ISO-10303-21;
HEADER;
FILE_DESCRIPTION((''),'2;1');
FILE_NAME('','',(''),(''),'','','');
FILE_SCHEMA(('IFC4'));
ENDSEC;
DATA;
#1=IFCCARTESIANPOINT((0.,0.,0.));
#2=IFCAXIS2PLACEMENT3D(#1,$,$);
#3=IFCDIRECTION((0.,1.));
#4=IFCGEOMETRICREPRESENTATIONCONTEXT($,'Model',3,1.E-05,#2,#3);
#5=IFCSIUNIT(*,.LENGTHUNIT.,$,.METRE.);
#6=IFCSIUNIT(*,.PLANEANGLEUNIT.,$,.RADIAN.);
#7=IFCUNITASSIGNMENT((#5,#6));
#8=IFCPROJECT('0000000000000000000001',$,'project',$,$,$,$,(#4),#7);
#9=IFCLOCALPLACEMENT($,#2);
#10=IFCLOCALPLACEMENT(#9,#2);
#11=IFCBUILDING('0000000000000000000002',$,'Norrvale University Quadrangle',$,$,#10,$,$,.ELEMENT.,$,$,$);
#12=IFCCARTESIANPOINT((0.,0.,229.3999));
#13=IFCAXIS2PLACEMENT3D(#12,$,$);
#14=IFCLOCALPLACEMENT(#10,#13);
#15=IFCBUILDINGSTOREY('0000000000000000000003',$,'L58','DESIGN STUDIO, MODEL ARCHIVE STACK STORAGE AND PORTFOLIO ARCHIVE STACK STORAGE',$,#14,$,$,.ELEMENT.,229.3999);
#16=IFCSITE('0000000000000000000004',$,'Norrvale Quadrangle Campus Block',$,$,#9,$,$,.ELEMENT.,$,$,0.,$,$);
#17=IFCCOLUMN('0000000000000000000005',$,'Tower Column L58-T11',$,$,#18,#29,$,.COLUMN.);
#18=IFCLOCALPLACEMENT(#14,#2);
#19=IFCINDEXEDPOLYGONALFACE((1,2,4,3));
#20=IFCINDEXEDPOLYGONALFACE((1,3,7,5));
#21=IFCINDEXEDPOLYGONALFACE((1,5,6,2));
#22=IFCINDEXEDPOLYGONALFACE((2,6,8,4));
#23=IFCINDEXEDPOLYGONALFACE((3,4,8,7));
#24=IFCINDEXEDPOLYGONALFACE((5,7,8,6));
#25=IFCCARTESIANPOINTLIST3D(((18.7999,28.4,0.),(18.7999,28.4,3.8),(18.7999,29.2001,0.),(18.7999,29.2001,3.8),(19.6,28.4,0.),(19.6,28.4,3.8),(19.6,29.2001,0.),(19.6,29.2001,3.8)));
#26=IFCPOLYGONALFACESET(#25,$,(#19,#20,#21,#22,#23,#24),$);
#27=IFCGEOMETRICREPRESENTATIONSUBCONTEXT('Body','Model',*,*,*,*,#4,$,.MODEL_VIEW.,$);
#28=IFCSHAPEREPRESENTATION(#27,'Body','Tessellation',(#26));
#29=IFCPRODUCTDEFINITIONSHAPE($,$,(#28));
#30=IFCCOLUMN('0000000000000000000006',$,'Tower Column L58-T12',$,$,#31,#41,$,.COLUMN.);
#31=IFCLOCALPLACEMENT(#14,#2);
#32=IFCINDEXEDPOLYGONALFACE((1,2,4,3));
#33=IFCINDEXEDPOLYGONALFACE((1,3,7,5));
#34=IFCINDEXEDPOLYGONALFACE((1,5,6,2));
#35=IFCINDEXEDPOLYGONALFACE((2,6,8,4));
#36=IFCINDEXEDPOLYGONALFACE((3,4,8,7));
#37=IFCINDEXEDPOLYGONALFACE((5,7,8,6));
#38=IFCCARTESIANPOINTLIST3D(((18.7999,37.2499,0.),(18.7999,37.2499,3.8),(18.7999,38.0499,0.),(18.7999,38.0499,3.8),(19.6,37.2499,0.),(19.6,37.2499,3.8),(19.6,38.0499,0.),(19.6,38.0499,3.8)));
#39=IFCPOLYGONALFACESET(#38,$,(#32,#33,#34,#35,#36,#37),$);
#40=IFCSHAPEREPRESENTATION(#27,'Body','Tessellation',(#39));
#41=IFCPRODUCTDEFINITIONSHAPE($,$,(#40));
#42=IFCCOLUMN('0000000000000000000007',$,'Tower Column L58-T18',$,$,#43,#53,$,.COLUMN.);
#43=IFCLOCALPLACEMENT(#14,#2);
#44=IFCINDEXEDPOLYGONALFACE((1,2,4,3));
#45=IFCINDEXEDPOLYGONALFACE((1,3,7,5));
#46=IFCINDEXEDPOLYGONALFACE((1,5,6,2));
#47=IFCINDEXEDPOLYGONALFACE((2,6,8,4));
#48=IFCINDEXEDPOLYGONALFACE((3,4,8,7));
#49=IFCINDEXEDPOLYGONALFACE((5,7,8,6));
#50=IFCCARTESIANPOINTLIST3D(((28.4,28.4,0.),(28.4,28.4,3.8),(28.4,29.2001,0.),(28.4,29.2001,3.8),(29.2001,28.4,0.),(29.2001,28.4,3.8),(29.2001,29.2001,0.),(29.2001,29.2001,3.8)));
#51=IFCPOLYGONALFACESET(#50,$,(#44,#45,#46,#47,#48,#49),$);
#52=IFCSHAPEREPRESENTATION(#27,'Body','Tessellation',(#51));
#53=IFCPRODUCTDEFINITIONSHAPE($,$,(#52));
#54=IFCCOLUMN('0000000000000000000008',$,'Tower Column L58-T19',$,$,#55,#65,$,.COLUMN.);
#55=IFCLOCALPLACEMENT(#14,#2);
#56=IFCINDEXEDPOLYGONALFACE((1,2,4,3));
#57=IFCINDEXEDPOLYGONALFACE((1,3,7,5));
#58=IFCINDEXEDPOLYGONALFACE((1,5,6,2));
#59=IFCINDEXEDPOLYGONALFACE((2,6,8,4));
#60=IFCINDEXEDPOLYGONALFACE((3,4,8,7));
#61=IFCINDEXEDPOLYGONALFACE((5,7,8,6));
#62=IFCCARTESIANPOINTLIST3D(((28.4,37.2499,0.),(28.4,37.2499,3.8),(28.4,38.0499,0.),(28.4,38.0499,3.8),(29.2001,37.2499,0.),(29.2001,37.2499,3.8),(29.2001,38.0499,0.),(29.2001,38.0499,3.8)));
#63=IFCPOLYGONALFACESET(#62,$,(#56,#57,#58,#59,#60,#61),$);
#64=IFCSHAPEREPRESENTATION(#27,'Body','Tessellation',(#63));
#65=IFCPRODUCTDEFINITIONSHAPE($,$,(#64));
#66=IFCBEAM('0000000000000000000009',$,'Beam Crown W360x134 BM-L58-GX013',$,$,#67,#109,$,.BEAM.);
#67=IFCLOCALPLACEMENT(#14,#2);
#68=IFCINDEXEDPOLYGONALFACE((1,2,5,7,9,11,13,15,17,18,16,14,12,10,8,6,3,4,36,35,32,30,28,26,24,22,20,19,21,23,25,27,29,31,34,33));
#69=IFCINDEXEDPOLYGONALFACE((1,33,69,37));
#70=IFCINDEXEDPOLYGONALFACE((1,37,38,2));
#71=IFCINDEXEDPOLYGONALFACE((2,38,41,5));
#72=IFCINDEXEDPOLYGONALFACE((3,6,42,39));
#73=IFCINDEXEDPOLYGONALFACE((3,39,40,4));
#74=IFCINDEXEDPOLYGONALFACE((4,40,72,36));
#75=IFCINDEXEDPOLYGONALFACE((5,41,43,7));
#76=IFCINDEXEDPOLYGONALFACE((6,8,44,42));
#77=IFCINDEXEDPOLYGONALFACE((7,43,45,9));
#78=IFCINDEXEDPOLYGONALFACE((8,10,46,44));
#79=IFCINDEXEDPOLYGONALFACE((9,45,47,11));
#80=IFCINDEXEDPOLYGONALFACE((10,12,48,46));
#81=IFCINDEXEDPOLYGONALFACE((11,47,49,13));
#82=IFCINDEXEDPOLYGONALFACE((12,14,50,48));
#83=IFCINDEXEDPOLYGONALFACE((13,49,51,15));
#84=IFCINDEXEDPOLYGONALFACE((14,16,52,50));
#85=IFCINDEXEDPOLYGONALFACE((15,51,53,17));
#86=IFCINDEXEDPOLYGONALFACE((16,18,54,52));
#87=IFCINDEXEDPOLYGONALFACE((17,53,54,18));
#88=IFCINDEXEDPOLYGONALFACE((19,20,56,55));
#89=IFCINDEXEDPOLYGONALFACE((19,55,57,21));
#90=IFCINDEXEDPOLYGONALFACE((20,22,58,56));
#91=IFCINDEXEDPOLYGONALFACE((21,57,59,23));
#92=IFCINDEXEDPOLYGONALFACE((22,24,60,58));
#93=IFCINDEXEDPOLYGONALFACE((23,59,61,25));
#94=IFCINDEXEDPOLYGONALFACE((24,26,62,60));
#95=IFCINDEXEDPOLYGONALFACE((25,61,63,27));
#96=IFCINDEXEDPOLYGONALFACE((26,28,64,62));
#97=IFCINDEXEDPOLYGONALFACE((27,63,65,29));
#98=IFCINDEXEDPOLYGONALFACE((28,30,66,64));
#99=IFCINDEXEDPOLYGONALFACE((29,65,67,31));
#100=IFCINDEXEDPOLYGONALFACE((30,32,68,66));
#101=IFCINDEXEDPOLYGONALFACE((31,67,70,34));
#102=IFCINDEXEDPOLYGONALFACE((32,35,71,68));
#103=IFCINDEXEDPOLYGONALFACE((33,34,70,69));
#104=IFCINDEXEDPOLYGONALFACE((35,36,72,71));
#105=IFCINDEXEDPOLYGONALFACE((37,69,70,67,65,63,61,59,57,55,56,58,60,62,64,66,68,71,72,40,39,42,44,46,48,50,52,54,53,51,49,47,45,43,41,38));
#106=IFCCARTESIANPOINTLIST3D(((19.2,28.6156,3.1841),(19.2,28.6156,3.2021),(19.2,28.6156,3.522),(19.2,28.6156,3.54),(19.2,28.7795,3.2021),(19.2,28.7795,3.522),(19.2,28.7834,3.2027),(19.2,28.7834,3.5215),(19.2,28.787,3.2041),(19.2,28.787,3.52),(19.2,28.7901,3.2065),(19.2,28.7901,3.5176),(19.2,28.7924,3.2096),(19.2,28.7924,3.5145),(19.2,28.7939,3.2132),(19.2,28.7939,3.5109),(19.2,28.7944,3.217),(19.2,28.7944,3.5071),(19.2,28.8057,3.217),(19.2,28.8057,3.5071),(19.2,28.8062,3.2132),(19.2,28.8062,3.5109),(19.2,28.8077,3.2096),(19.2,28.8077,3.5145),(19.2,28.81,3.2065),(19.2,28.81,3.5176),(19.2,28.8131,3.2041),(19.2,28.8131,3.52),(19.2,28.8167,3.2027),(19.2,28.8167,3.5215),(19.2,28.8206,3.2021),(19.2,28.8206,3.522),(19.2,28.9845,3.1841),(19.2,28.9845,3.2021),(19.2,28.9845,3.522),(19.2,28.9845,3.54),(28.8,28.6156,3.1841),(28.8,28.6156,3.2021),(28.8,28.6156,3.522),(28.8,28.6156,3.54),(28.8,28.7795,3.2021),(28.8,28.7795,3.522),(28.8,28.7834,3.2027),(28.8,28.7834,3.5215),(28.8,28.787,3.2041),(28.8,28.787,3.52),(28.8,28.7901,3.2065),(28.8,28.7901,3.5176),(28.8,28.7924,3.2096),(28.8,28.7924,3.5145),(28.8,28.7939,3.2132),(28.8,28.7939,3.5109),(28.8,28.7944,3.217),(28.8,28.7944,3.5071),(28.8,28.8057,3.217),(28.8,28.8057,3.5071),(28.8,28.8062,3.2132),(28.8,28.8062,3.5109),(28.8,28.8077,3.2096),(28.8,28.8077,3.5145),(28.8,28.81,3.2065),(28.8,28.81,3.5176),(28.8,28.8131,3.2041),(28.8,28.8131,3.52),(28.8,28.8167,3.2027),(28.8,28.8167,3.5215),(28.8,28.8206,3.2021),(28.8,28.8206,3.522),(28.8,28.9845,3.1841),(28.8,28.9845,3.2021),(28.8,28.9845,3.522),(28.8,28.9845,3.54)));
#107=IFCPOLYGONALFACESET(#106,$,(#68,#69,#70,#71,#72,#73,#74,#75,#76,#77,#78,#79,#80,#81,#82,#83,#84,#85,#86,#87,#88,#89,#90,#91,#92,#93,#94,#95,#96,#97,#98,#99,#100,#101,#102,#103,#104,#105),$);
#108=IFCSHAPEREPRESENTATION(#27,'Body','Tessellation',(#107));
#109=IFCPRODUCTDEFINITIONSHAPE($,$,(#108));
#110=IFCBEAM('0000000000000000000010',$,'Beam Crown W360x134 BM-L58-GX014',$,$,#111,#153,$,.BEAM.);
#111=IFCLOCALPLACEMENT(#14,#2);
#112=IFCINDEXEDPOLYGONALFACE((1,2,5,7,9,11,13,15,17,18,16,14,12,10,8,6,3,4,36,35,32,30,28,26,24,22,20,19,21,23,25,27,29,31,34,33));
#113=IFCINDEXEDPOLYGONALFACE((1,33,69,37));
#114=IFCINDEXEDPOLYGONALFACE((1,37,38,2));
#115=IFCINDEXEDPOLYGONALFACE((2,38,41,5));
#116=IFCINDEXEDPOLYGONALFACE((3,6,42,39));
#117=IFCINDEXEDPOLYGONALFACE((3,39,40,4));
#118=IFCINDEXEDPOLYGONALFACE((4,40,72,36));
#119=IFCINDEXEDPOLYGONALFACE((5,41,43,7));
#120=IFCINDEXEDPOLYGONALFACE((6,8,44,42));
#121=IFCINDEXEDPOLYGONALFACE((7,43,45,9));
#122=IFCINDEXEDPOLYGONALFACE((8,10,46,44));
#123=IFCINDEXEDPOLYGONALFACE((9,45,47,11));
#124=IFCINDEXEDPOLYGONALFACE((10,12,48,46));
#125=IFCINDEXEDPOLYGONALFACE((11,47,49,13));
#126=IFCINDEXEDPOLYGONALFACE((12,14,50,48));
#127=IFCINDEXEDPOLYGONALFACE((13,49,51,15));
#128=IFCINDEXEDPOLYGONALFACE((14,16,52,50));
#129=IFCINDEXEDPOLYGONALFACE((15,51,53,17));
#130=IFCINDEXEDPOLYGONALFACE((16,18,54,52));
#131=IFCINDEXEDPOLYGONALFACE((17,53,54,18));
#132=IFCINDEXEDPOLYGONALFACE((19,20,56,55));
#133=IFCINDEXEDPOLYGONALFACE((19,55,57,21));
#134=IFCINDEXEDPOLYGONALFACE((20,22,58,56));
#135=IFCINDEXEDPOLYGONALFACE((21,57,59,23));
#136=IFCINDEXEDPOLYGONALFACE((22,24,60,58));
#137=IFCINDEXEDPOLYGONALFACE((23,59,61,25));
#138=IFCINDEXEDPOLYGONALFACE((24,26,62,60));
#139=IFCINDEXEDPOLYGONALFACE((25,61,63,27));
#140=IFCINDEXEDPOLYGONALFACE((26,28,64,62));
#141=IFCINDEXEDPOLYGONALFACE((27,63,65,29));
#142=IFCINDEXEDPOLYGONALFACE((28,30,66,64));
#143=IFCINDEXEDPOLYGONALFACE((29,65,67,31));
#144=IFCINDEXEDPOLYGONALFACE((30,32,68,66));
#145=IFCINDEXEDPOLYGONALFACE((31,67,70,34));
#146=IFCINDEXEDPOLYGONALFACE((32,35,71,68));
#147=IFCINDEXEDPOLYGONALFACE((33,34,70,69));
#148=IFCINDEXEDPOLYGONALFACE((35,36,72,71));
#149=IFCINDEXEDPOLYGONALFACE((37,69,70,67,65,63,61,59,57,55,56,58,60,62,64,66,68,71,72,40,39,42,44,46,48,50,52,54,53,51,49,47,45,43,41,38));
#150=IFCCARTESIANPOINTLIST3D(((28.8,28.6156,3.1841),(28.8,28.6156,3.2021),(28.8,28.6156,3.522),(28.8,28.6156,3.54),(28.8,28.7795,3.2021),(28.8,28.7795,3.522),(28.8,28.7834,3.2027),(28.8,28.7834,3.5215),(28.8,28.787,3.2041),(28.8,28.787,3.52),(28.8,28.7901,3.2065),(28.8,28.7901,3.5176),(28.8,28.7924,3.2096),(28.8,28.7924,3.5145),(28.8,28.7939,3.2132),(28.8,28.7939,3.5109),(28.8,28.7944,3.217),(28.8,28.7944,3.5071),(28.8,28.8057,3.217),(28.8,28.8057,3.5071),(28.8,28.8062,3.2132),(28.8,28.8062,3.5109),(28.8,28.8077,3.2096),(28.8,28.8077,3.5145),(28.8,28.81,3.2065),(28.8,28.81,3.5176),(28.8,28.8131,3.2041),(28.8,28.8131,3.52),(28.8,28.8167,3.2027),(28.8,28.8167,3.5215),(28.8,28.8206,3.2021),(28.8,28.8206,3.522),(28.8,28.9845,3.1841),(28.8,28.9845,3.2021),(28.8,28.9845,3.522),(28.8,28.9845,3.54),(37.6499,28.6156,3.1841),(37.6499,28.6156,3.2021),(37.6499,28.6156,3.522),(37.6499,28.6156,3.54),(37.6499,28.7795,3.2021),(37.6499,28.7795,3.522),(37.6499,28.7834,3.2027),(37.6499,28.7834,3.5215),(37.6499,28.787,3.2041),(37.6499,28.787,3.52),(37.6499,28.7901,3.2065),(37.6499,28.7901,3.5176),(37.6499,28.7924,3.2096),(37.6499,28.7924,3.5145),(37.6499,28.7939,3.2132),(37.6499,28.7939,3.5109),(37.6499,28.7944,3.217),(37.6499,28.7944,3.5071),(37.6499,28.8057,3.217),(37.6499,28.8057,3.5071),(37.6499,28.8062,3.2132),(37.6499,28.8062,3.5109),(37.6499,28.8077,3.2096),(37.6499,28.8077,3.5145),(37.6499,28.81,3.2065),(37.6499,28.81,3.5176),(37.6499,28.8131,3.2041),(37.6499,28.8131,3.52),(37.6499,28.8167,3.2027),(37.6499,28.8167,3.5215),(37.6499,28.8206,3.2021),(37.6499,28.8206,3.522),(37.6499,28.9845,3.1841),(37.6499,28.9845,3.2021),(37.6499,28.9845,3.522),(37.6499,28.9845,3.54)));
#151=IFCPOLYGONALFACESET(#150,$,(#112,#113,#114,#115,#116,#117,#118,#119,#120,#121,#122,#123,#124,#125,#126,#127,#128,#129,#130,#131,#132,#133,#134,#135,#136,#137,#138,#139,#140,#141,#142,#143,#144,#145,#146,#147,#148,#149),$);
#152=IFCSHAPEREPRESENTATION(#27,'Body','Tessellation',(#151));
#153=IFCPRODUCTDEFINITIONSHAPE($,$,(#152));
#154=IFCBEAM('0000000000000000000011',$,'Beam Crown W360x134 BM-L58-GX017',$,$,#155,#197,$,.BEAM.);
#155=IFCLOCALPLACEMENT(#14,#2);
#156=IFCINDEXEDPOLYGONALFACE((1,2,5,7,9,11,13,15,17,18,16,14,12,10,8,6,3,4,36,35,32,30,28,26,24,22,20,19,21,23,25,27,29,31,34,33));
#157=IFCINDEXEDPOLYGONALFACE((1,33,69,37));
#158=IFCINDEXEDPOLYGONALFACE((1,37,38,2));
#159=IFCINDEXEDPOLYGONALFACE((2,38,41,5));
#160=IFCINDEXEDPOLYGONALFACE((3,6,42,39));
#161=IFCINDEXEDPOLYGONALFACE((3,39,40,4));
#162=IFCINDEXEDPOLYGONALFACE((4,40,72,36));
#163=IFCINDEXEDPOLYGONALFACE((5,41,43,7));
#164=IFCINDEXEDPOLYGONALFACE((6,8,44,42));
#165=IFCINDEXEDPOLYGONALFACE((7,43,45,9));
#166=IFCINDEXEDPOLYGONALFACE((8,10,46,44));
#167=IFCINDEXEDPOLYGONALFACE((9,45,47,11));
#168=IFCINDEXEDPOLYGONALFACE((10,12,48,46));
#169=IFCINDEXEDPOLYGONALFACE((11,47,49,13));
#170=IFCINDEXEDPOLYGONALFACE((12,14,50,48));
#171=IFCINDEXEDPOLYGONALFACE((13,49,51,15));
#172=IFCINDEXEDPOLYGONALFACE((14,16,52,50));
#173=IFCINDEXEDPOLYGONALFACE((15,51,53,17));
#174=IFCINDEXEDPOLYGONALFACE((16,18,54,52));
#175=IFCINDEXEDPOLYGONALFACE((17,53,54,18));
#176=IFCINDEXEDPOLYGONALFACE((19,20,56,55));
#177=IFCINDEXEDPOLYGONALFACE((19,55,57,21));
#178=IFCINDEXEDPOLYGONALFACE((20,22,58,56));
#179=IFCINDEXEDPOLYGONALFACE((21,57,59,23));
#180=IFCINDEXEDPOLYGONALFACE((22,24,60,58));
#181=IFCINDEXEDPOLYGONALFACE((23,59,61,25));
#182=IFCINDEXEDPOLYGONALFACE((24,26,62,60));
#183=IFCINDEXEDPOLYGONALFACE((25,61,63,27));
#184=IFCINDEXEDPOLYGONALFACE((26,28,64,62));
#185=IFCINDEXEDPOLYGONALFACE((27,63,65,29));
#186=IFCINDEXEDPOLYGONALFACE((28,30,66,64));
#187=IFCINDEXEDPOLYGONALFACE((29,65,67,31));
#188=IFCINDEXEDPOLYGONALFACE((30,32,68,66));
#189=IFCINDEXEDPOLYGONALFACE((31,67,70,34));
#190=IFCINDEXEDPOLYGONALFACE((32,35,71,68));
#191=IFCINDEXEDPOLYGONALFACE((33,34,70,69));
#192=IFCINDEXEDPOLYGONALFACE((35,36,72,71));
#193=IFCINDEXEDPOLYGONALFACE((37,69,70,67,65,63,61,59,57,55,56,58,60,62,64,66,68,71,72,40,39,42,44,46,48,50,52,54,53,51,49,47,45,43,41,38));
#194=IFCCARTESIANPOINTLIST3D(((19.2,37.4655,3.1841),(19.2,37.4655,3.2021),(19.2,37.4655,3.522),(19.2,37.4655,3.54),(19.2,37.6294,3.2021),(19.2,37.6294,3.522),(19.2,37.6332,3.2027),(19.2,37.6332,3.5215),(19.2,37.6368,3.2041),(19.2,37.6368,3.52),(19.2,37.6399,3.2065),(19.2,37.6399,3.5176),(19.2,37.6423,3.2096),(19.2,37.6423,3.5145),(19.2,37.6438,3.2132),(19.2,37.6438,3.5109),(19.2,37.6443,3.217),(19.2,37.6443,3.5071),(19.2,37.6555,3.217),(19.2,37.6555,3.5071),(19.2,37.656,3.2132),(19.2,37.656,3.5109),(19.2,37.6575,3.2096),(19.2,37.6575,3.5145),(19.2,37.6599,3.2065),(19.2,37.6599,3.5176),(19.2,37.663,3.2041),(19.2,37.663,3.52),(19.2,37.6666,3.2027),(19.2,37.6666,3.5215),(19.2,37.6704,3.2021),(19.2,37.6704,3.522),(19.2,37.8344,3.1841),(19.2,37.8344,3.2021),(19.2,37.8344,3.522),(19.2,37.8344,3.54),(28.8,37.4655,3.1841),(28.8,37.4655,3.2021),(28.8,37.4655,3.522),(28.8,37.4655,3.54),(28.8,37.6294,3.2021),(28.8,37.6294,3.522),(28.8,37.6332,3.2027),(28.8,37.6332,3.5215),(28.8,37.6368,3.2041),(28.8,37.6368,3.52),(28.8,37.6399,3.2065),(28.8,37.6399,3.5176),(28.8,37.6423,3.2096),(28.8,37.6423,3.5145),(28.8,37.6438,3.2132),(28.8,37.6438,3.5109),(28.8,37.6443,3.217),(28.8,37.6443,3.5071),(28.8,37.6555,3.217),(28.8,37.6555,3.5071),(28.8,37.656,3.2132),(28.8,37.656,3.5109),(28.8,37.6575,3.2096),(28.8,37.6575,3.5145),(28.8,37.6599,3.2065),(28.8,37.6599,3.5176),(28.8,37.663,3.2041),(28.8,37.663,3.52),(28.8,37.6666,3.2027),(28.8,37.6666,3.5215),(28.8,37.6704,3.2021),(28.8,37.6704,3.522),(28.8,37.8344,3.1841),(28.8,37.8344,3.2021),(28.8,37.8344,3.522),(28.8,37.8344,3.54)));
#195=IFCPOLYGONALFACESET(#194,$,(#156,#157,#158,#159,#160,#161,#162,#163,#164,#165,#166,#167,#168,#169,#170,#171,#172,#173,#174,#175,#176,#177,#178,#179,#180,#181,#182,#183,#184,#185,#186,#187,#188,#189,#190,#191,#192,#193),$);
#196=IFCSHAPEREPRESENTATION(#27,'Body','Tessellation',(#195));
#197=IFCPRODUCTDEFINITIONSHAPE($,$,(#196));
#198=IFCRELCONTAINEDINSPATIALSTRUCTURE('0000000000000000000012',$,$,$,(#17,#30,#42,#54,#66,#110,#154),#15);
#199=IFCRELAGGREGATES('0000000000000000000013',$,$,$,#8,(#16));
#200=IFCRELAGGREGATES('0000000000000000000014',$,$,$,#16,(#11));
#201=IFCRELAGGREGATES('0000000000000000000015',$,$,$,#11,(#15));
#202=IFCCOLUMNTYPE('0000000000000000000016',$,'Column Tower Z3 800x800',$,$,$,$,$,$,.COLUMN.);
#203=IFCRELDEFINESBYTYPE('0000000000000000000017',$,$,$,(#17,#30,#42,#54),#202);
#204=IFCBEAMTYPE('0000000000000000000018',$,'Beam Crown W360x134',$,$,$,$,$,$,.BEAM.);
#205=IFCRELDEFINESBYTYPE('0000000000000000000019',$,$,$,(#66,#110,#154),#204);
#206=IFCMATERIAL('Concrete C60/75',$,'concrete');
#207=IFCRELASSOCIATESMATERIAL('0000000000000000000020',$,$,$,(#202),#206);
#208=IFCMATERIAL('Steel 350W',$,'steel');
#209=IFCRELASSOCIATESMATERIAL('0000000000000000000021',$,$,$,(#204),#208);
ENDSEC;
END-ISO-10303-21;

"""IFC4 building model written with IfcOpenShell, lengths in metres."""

from ifc_helpers import new_model, si_unit, direction, frame, origin, origin_2d, place, context, subcontext, project, spatial, rectangle, i_section, extrude, material, material_profile, profile_set, type_object, element, save


model = new_model("IFC4")

# Units and contexts
model_context = context("Model", 3, precision=1e-05, world=origin(), true_north=direction((0.0, 1.0)))
body_context = subcontext(model_context, "Body", "Model", "MODEL_VIEW")
ifc_project = project(units=[si_unit("LENGTHUNIT", "METRE"), si_unit("PLANEANGLEUNIT", "RADIAN")], contexts=[model_context])

# Site, building, storey
site_placement = place(None, origin())
site = spatial("IfcSite", under=ifc_project, at=site_placement, Name="Norrvale Quadrangle Campus Block", CompositionType="ELEMENT", RefElevation=0.0)
building_placement = place(site_placement, origin())
building = spatial("IfcBuilding", under=site, at=building_placement, Name="Norrvale University Quadrangle", CompositionType="ELEMENT")
storey_placement = place(building_placement, frame((0.0, 0.0, 229.3999)))
storey = spatial("IfcBuildingStorey", under=building, at=storey_placement, Name="L58", Description="DESIGN STUDIO, MODEL ARCHIVE STACK STORAGE AND PORTFOLIO ARCHIVE STACK STORAGE", CompositionType="ELEMENT", Elevation=229.3999)

# Columns
ifc_material_1 = material(Name="Concrete C60/75", Category="concrete")
ifc_material_profile_1 = material_profile(ifc_material_1, rectangle(XDim=0.8, YDim=0.8, at=origin_2d()), Name="Concrete C60/75")
ifc_profile_set_1 = profile_set([ifc_material_profile_1], Name="Concrete C60/75")
column_type = type_object("IfcColumnType", Name="Column Tower Z3 800x800", PredefinedType="COLUMN", material=ifc_profile_set_1)
for number, where, z_axis, x_axis, name in (
    (1, (19.2, 28.8, 0.0), (0.0, 0.0, 1.0), (1.0, 0.0, 0.0), "Tower Column L58-T11"),
    (2, (19.2, 37.6499, 0.0), (0.0, 0.0, 1.0), (1.0, 0.0, 0.0), "Tower Column L58-T12"),
    (3, (28.8, 28.8, 0.0), (0.0, 0.0, 1.0), (1.0, 0.0, 0.0), "Tower Column L58-T18"),
    (4, (28.8, 37.6499, 0.0), (0.0, 0.0, 1.0), (1.0, 0.0, 0.0), "Tower Column L58-T19"),
):
    element("IfcColumn", number, at=place(storey_placement, frame(where, z_axis=z_axis, x_axis=x_axis)), inside=storey, type_object=column_type, Name=name, PredefinedType="COLUMN", context=body_context, shape_type="SweptSolid", body=[
        extrude(rectangle(XDim=0.8, YDim=0.8, at=origin_2d()), origin(), (0.0, 0.0, 1.0), 3.8),
    ])

# Beams
ifc_material_2 = material(Name="Steel 350W", Category="steel")
ifc_material_profile_2 = material_profile(ifc_material_2, i_section(OverallWidth=0.3689, OverallDepth=0.356, WebThickness=0.0112, FlangeThickness=0.0181, FilletRadius=0.0149, at=origin_2d()), Name="Steel 350W")
ifc_profile_set_2 = profile_set([ifc_material_profile_2], Name="Steel 350W")
beam_type_1 = type_object("IfcBeamType", Name="Beam Crown W360x134", PredefinedType="BEAM", material=ifc_profile_set_2)
beam_1_placement = place(storey_placement, frame((19.2, 28.8, 3.3621), z_axis=(1.0, 0.0, 0.0), x_axis=(0.0, 1.0, 0.0)))
element("IfcBeam", 5, at=beam_1_placement, inside=storey, type_object=beam_type_1, Name="Beam Crown W360x134 BM-L58-GX013", PredefinedType="BEAM", context=body_context, shape_type="SweptSolid", body=[
    extrude(i_section(OverallWidth=0.3689, OverallDepth=0.356, WebThickness=0.0112, FlangeThickness=0.0181, FilletRadius=0.0149, at=origin_2d()), origin(), (0.0, 0.0, 1.0), 9.6001),
])
beam_2_placement = place(storey_placement, frame((28.8, 28.8, 3.3621), z_axis=(1.0, 0.0, 0.0), x_axis=(0.0, 1.0, 0.0)))
element("IfcBeam", 6, at=beam_2_placement, inside=storey, type_object=beam_type_1, Name="Beam Crown W360x134 BM-L58-GX014", PredefinedType="BEAM", context=body_context, shape_type="SweptSolid", body=[
    extrude(i_section(OverallWidth=0.3689, OverallDepth=0.356, WebThickness=0.0112, FlangeThickness=0.0181, FilletRadius=0.0149, at=origin_2d()), origin(), (0.0, 0.0, 1.0), 8.8499),
])
beam_3_placement = place(storey_placement, frame((19.2, 37.6499, 3.3621), z_axis=(1.0, 0.0, 0.0), x_axis=(0.0, 1.0, 0.0)))
element("IfcBeam", 7, at=beam_3_placement, inside=storey, type_object=beam_type_1, Name="Beam Crown W360x134 BM-L58-GX017", PredefinedType="BEAM", context=body_context, shape_type="SweptSolid", body=[
    extrude(i_section(OverallWidth=0.3689, OverallDepth=0.356, WebThickness=0.0112, FlangeThickness=0.0181, FilletRadius=0.0149, at=origin_2d()), origin(), (0.0, 0.0, 1.0), 9.6001),
])

save(model, "model.ifc")
